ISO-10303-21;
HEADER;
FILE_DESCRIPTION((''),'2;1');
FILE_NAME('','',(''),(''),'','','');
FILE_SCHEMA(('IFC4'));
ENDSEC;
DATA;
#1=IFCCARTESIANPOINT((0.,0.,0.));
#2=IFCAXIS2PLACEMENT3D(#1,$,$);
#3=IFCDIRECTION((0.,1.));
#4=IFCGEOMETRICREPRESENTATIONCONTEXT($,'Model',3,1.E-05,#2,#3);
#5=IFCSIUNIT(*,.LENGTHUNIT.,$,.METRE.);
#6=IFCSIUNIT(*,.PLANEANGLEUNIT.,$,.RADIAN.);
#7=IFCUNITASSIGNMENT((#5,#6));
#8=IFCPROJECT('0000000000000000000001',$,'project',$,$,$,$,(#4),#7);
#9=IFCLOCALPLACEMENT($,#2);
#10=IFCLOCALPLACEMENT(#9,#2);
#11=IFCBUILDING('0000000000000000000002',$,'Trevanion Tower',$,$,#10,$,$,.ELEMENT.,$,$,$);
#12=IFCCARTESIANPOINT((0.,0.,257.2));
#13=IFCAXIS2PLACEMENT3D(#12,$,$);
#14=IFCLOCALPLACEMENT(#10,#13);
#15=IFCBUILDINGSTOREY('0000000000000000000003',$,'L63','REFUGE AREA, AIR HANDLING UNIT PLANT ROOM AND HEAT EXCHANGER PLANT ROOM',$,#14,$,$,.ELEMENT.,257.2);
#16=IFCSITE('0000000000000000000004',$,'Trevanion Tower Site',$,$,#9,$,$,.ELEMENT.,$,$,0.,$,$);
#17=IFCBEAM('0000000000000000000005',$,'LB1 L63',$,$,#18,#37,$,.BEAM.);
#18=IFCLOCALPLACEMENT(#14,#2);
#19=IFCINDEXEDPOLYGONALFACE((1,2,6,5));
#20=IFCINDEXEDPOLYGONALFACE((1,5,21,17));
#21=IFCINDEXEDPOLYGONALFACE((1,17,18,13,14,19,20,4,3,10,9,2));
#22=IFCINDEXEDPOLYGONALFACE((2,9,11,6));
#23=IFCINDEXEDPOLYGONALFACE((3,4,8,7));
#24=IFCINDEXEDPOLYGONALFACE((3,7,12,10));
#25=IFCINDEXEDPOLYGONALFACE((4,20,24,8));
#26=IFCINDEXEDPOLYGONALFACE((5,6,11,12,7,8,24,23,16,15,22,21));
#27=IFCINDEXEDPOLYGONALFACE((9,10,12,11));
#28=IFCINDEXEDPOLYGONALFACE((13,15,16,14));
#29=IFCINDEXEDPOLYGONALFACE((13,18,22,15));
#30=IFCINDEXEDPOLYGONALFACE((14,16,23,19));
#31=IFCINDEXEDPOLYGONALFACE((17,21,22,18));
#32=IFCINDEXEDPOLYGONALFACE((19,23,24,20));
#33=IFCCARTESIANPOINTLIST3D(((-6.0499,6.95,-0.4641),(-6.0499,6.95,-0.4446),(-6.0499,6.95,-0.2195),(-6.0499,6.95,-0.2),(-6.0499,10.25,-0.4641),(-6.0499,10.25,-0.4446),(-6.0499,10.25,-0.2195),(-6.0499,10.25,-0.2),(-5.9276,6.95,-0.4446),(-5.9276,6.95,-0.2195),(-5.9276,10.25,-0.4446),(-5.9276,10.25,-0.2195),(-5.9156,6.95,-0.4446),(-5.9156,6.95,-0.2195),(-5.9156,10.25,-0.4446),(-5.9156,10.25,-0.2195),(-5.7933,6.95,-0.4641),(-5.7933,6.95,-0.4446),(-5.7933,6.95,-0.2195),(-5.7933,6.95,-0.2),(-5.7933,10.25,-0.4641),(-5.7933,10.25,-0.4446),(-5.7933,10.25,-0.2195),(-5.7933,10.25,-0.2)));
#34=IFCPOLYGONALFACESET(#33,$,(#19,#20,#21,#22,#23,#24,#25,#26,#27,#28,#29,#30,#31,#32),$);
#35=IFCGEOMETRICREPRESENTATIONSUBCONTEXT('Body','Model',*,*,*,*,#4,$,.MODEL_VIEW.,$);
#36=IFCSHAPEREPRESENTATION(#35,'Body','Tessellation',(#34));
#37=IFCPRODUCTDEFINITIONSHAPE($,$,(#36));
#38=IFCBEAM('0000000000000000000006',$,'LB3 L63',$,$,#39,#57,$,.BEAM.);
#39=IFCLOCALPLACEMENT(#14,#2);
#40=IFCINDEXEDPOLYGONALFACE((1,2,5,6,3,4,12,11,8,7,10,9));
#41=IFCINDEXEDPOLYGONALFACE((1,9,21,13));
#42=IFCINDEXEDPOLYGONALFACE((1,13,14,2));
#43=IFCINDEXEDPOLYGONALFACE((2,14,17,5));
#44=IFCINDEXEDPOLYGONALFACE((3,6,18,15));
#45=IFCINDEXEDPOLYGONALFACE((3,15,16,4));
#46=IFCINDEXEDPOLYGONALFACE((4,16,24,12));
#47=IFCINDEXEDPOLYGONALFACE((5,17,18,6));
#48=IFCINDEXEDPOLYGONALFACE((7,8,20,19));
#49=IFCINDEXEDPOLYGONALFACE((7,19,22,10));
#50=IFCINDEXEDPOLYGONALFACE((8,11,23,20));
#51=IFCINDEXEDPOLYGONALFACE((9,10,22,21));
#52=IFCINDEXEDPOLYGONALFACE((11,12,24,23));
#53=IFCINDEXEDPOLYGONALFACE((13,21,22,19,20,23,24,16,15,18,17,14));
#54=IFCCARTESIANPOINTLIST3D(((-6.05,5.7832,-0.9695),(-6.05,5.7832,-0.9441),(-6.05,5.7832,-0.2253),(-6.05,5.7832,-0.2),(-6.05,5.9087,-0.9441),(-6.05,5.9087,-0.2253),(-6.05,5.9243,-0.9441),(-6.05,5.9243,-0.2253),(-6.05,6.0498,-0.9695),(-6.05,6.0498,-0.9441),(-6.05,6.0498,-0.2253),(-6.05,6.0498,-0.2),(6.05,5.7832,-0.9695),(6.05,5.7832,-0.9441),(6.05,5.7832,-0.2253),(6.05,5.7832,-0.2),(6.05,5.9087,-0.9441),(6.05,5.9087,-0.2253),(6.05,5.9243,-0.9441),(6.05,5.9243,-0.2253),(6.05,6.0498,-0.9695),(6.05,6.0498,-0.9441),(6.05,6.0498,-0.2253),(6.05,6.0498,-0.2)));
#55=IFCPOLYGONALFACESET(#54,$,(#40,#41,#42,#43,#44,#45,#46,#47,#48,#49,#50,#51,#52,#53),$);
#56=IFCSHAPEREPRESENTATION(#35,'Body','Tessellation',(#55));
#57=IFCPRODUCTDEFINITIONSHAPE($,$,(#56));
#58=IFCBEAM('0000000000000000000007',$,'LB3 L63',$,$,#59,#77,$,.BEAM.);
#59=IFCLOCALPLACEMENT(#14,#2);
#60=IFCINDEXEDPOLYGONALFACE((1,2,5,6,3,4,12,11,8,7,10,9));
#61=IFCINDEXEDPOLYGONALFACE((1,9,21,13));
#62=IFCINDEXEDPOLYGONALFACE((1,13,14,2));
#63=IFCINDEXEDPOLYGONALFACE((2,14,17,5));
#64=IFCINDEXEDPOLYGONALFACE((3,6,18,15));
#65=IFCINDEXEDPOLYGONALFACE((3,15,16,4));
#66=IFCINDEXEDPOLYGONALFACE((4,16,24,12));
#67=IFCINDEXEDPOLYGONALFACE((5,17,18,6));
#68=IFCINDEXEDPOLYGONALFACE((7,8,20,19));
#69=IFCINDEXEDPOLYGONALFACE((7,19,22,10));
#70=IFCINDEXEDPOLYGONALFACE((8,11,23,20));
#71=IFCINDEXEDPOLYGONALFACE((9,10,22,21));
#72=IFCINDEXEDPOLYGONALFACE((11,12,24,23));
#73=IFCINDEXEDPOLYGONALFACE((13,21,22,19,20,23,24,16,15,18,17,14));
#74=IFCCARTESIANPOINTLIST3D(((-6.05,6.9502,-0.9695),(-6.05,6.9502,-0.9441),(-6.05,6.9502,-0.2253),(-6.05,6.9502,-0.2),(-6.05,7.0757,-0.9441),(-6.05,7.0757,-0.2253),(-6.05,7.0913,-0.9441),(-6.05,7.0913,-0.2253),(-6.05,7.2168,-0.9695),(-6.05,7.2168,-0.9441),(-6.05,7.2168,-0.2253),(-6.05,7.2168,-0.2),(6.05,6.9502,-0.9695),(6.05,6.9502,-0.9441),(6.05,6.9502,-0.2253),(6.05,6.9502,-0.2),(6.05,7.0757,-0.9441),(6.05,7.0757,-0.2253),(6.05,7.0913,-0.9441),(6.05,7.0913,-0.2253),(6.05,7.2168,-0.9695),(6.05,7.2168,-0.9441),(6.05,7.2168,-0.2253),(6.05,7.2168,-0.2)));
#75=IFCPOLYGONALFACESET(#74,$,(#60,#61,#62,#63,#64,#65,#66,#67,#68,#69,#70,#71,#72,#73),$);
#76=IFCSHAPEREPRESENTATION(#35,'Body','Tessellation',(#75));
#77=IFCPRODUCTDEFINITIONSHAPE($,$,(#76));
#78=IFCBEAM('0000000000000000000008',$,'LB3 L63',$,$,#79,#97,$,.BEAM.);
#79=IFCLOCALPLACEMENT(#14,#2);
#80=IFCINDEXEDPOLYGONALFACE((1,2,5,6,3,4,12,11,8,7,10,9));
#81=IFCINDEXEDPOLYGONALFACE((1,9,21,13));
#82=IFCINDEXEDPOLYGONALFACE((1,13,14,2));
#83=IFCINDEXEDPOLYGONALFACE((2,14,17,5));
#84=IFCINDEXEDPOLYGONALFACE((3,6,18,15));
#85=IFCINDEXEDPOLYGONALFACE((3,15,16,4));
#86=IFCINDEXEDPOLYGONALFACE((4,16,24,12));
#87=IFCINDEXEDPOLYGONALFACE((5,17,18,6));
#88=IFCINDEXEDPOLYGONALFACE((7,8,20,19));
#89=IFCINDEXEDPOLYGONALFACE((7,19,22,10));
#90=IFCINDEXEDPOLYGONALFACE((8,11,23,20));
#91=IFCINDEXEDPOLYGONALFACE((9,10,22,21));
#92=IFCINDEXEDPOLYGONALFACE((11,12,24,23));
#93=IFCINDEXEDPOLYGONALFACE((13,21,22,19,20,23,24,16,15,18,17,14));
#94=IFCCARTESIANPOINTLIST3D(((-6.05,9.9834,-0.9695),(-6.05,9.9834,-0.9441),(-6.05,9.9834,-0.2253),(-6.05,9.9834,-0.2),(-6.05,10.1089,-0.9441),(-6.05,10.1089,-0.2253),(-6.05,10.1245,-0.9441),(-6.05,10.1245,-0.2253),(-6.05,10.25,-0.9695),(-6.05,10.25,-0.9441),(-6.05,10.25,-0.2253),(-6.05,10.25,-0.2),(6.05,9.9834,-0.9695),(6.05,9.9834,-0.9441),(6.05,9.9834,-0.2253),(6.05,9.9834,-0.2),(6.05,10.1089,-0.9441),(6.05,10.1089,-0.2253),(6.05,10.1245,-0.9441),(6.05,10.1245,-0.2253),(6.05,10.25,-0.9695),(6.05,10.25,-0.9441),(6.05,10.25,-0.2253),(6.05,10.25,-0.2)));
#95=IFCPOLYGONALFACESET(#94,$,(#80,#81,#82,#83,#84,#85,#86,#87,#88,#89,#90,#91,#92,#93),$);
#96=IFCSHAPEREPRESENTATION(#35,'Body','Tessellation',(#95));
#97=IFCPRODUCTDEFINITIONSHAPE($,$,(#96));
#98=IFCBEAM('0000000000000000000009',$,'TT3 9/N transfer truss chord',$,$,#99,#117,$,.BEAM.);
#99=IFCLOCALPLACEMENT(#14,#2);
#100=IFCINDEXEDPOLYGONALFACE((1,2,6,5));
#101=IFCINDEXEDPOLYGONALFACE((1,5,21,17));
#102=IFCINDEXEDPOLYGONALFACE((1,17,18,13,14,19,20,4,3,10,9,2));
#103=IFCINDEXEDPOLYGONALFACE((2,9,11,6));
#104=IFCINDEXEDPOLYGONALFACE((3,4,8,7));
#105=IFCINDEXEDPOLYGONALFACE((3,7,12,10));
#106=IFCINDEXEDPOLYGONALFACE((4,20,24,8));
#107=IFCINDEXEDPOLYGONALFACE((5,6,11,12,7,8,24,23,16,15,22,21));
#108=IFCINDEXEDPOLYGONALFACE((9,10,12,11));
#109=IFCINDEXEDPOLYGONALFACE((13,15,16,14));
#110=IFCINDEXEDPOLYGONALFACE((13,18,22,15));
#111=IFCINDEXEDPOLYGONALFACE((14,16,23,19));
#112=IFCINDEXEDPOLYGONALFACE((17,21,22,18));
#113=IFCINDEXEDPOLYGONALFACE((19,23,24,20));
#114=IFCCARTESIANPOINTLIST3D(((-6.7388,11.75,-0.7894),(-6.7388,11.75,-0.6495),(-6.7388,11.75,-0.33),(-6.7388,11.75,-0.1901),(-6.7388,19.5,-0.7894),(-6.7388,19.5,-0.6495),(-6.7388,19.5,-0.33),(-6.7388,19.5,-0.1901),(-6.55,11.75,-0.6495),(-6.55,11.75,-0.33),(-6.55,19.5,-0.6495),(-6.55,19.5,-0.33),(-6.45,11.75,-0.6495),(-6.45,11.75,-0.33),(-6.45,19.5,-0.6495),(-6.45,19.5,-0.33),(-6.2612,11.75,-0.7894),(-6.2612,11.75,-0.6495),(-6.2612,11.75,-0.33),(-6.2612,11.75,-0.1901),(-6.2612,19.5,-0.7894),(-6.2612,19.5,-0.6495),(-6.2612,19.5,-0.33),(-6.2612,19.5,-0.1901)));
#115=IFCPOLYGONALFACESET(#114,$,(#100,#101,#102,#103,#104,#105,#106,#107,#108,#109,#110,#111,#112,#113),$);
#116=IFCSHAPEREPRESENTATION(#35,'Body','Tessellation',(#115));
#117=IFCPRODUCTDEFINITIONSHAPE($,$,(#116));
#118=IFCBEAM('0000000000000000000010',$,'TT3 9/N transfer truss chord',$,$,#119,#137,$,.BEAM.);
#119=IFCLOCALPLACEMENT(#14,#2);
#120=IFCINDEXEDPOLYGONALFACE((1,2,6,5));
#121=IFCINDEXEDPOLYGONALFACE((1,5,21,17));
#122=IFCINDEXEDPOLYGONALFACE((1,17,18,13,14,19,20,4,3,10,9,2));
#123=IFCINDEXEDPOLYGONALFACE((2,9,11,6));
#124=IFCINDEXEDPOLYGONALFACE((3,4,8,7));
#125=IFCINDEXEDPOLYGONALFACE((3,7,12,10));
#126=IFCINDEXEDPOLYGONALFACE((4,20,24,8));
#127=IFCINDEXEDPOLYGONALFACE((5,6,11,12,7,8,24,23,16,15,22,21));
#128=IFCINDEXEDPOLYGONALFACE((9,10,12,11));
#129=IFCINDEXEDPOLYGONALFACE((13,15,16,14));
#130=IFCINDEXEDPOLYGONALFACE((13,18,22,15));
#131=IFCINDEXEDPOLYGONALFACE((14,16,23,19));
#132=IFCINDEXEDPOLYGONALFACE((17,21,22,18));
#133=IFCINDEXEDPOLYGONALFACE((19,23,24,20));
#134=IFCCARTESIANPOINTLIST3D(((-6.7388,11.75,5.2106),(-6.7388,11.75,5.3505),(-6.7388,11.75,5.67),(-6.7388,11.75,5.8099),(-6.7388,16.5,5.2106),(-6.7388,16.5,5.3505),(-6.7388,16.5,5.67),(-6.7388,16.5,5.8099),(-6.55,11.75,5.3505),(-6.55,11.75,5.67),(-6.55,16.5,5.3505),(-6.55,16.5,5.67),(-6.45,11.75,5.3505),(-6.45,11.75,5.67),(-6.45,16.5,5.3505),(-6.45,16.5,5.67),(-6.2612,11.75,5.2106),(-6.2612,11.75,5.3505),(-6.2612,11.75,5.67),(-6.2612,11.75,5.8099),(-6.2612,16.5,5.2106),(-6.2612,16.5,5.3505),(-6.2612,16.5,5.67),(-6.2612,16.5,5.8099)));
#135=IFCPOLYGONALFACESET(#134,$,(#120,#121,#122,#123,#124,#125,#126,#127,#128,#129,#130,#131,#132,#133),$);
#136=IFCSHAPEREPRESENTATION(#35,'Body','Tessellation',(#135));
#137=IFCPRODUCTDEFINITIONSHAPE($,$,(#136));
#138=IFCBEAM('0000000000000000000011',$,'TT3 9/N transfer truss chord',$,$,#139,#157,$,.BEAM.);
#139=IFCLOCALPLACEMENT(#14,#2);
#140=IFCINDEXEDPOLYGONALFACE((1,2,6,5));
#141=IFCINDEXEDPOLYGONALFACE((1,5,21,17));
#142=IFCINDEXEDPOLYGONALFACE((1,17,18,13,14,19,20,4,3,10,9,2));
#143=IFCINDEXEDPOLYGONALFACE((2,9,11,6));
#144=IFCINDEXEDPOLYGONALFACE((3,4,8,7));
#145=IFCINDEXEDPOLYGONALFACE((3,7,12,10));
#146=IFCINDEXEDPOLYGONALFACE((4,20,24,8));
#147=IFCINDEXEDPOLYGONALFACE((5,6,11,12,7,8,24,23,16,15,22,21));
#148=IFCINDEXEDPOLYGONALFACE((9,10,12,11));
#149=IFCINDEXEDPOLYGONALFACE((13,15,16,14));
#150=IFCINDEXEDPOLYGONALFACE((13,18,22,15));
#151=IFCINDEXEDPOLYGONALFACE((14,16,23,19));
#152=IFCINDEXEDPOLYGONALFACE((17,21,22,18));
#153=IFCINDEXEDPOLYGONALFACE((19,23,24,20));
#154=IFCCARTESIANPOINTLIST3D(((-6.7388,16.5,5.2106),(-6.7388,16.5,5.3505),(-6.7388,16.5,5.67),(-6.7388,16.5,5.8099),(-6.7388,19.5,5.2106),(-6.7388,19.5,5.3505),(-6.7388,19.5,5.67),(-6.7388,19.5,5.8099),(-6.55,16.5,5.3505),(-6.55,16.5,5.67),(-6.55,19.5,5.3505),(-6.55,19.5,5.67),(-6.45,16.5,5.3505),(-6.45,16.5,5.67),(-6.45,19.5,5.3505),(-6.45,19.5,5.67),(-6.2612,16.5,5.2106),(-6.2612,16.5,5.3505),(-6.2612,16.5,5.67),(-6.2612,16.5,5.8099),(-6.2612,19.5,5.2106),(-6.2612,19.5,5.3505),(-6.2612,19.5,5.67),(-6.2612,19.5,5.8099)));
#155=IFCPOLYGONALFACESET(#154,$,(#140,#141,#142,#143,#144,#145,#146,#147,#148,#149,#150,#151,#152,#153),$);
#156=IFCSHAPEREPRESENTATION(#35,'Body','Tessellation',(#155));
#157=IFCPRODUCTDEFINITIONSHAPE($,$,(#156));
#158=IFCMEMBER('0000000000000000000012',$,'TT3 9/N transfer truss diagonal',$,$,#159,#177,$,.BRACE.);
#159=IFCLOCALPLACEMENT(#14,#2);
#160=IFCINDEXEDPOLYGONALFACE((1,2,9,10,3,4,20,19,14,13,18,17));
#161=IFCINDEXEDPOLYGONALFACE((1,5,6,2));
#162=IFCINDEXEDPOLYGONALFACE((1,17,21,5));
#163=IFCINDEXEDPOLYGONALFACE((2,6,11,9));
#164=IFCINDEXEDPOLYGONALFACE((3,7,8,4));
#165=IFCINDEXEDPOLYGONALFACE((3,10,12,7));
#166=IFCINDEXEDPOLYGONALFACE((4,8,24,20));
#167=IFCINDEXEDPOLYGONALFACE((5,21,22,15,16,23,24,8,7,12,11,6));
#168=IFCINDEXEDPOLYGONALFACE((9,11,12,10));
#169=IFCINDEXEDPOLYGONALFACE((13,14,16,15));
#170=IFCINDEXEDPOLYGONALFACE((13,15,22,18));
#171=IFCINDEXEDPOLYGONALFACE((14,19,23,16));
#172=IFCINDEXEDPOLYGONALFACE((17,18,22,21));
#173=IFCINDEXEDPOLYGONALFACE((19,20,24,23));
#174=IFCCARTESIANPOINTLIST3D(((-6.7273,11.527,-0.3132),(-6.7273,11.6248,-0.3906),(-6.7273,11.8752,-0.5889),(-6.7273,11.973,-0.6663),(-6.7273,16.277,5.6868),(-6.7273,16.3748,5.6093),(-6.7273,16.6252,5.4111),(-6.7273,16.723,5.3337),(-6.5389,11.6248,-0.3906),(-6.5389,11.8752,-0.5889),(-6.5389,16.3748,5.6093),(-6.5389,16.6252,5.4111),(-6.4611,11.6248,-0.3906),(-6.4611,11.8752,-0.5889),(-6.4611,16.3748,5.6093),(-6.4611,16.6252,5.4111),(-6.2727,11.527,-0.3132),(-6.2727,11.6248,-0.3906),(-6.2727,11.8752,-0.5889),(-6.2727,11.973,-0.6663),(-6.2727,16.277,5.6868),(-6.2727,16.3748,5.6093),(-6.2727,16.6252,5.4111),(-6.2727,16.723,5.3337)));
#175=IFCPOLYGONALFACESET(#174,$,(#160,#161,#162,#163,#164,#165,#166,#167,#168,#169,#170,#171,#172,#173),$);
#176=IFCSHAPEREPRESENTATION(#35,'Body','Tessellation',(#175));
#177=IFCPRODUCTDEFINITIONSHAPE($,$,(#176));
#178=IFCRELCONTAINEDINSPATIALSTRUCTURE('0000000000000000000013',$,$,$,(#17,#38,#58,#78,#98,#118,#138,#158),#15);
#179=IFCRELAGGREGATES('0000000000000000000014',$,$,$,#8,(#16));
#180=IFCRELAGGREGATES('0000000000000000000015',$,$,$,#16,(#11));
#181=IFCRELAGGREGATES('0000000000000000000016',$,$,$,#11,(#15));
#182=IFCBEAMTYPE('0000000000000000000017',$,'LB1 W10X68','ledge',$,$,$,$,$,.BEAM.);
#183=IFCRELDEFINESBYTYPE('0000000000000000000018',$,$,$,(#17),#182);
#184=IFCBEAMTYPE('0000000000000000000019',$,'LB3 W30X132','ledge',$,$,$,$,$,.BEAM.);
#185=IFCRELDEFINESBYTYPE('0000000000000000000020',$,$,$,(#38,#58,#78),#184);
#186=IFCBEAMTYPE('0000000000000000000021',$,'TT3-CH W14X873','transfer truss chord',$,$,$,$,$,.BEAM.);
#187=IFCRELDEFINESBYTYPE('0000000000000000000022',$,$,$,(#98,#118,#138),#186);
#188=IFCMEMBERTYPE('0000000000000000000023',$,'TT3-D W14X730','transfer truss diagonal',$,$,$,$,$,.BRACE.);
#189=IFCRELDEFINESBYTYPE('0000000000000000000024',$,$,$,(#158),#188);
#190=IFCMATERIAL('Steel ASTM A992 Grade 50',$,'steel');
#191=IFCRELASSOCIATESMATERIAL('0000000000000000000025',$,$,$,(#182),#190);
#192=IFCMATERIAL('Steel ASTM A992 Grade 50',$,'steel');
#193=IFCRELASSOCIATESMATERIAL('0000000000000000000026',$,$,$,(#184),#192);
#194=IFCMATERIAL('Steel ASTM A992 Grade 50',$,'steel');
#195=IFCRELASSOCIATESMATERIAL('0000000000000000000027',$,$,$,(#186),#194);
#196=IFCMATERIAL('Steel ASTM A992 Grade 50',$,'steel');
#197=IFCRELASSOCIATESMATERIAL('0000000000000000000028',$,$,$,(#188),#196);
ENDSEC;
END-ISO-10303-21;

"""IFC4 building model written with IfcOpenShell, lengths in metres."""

from ifc_helpers import new_model, si_unit, direction, frame, origin, origin_2d, place, context, subcontext, project, spatial, i_section, extrude, material, material_profile, profile_set, type_object, element, save


model = new_model("IFC4")

# Units and contexts
model_context = context("Model", 3, precision=1e-05, world=origin(), true_north=direction((0.0, 1.0)))
body_context = subcontext(model_context, "Body", "Model", "MODEL_VIEW")
ifc_project = project(units=[si_unit("LENGTHUNIT", "METRE"), si_unit("PLANEANGLEUNIT", "RADIAN")], contexts=[model_context])

# Site, building, storey
site_placement = place(None, origin())
site = spatial("IfcSite", under=ifc_project, at=site_placement, Name="Trevanion Tower Site", CompositionType="ELEMENT", RefElevation=0.0)
building_placement = place(site_placement, origin())
building = spatial("IfcBuilding", under=site, at=building_placement, Name="Trevanion Tower", CompositionType="ELEMENT")
storey_placement = place(building_placement, frame((0.0, 0.0, 257.2)))
storey = spatial("IfcBuildingStorey", under=building, at=storey_placement, Name="L63", Description="REFUGE AREA, AIR HANDLING UNIT PLANT ROOM AND HEAT EXCHANGER PLANT ROOM", CompositionType="ELEMENT", Elevation=257.2)

# Beams
ifc_material_1 = material(Name="Steel ASTM A992 Grade 50", Category="steel")
ifc_material_profile_1 = material_profile(ifc_material_1, i_section(OverallWidth=0.2566, OverallDepth=0.2642, WebThickness=0.012, FlangeThickness=0.0195, at=origin_2d()), Name="W10X68")
ifc_profile_set_1 = profile_set([ifc_material_profile_1], Name="Steel ASTM A992 Grade 50")
beam_type_1 = type_object("IfcBeamType", Name="LB1 W10X68", Description="ledge", PredefinedType="BEAM", material=ifc_profile_set_1)
for number, where, z_axis, x_axis, name in (
    (1, (-5.9216, 6.95, -0.332), (0.0, 1.0, 0.0), (-1.0, 0.0, 0.0), "LB1 L63"),
):
    element("IfcBeam", number, at=place(storey_placement, frame(where, z_axis=z_axis, x_axis=x_axis)), inside=storey, type_object=beam_type_1, Name=name, PredefinedType="BEAM", context=body_context, shape_type="SweptSolid", body=[
        extrude(i_section(OverallWidth=0.2566, OverallDepth=0.2642, WebThickness=0.012, FlangeThickness=0.0195, at=origin_2d()), origin(), (0.0, 0.0, 1.0), 3.3),
    ])
ifc_material_2 = material(Name="Steel ASTM A992 Grade 50", Category="steel")
ifc_material_profile_2 = material_profile(ifc_material_2, i_section(OverallWidth=0.2666, OverallDepth=0.7695, WebThickness=0.0156, FlangeThickness=0.0254, at=origin_2d()), Name="W30X132")
ifc_profile_set_2 = profile_set([ifc_material_profile_2], Name="Steel ASTM A992 Grade 50")
beam_type_2 = type_object("IfcBeamType", Name="LB3 W30X132", Description="ledge", PredefinedType="BEAM", material=ifc_profile_set_2)
for number, where, z_axis, x_axis, name in (
    (2, (-6.05, 5.9165, -0.5847), (1.0, 0.0, 0.0), (0.0, 1.0, 0.0), "LB3 L63"),
    (3, (-6.05, 7.0835, -0.5847), (1.0, 0.0, 0.0), (0.0, 1.0, 0.0), "LB3 L63"),
    (4, (-6.05, 10.1167, -0.5847), (1.0, 0.0, 0.0), (0.0, 1.0, 0.0), "LB3 L63"),
):
    element("IfcBeam", number, at=place(storey_placement, frame(where, z_axis=z_axis, x_axis=x_axis)), inside=storey, type_object=beam_type_2, Name=name, PredefinedType="BEAM", context=body_context, shape_type="SweptSolid", body=[
        extrude(i_section(OverallWidth=0.2666, OverallDepth=0.7695, WebThickness=0.0156, FlangeThickness=0.0254, at=origin_2d()), origin(), (0.0, 0.0, 1.0), 12.1001),
    ])
ifc_material_3 = material(Name="Steel ASTM A992 Grade 50", Category="steel")
ifc_material_profile_3 = material_profile(ifc_material_3, i_section(OverallWidth=0.4775, OverallDepth=0.5994, WebThickness=0.1001, FlangeThickness=0.1399, at=origin_2d()), Name="W14X873")
ifc_profile_set_3 = profile_set([ifc_material_profile_3], Name="Steel ASTM A992 Grade 50")
beam_type_3 = type_object("IfcBeamType", Name="TT3-CH W14X873", Description="transfer truss chord", PredefinedType="BEAM", material=ifc_profile_set_3)
beam_1_placement = place(storey_placement, frame((-6.5, 11.75, -0.4897), z_axis=(0.0, 1.0, 0.0), x_axis=(-1.0, 0.0, 0.0)))
element("IfcBeam", 5, at=beam_1_placement, inside=storey, type_object=beam_type_3, Name="TT3 9/N transfer truss chord", PredefinedType="BEAM", context=body_context, shape_type="SweptSolid", body=[
    extrude(i_section(OverallWidth=0.4775, OverallDepth=0.5994, WebThickness=0.1001, FlangeThickness=0.1399, at=origin_2d()), origin(), (0.0, 0.0, 1.0), 7.75),
])
beam_2_placement = place(storey_placement, frame((-6.5, 11.75, 5.5103), z_axis=(0.0, 1.0, 0.0), x_axis=(-1.0, 0.0, 0.0)))
element("IfcBeam", 6, at=beam_2_placement, inside=storey, type_object=beam_type_3, Name="TT3 9/N transfer truss chord", PredefinedType="BEAM", context=body_context, shape_type="SweptSolid", body=[
    extrude(i_section(OverallWidth=0.4775, OverallDepth=0.5994, WebThickness=0.1001, FlangeThickness=0.1399, at=origin_2d()), origin(), (0.0, 0.0, 1.0), 4.75),
])
beam_3_placement = place(storey_placement, frame((-6.5, 16.5, 5.5103), z_axis=(0.0, 1.0, 0.0), x_axis=(-1.0, 0.0, 0.0)))
element("IfcBeam", 7, at=beam_3_placement, inside=storey, type_object=beam_type_3, Name="TT3 9/N transfer truss chord", PredefinedType="BEAM", context=body_context, shape_type="SweptSolid", body=[
    extrude(i_section(OverallWidth=0.4775, OverallDepth=0.5994, WebThickness=0.1001, FlangeThickness=0.1399, at=origin_2d()), origin(), (0.0, 0.0, 1.0), 3.0),
])

# Member
ifc_material_4 = material(Name="Steel ASTM A992 Grade 50", Category="steel")
ifc_material_profile_4 = material_profile(ifc_material_4, i_section(OverallWidth=0.4546, OverallDepth=0.5688, WebThickness=0.0779, FlangeThickness=0.1248, at=origin_2d()), Name="W14X730")
ifc_profile_set_4 = profile_set([ifc_material_profile_4], Name="Steel ASTM A992 Grade 50")
member_type = type_object("IfcMemberType", Name="TT3-D W14X730", Description="transfer truss diagonal", PredefinedType="BRACE", material=ifc_profile_set_4)
member_placement = place(storey_placement, frame((-6.5, 11.75, -0.4897), z_axis=(0.0, 0.620703, 0.784046), x_axis=(-1.0, 0.0, 0.0)))
element("IfcMember", 8, at=member_placement, inside=storey, type_object=member_type, Name="TT3 9/N transfer truss diagonal", PredefinedType="BRACE", context=body_context, shape_type="SweptSolid", body=[
    extrude(i_section(OverallWidth=0.4546, OverallDepth=0.5688, WebThickness=0.0779, FlangeThickness=0.1248, at=origin_2d()), origin(), (0.0, 0.0, 1.0), 7.6526),
])

save(model, "model.ifc")
